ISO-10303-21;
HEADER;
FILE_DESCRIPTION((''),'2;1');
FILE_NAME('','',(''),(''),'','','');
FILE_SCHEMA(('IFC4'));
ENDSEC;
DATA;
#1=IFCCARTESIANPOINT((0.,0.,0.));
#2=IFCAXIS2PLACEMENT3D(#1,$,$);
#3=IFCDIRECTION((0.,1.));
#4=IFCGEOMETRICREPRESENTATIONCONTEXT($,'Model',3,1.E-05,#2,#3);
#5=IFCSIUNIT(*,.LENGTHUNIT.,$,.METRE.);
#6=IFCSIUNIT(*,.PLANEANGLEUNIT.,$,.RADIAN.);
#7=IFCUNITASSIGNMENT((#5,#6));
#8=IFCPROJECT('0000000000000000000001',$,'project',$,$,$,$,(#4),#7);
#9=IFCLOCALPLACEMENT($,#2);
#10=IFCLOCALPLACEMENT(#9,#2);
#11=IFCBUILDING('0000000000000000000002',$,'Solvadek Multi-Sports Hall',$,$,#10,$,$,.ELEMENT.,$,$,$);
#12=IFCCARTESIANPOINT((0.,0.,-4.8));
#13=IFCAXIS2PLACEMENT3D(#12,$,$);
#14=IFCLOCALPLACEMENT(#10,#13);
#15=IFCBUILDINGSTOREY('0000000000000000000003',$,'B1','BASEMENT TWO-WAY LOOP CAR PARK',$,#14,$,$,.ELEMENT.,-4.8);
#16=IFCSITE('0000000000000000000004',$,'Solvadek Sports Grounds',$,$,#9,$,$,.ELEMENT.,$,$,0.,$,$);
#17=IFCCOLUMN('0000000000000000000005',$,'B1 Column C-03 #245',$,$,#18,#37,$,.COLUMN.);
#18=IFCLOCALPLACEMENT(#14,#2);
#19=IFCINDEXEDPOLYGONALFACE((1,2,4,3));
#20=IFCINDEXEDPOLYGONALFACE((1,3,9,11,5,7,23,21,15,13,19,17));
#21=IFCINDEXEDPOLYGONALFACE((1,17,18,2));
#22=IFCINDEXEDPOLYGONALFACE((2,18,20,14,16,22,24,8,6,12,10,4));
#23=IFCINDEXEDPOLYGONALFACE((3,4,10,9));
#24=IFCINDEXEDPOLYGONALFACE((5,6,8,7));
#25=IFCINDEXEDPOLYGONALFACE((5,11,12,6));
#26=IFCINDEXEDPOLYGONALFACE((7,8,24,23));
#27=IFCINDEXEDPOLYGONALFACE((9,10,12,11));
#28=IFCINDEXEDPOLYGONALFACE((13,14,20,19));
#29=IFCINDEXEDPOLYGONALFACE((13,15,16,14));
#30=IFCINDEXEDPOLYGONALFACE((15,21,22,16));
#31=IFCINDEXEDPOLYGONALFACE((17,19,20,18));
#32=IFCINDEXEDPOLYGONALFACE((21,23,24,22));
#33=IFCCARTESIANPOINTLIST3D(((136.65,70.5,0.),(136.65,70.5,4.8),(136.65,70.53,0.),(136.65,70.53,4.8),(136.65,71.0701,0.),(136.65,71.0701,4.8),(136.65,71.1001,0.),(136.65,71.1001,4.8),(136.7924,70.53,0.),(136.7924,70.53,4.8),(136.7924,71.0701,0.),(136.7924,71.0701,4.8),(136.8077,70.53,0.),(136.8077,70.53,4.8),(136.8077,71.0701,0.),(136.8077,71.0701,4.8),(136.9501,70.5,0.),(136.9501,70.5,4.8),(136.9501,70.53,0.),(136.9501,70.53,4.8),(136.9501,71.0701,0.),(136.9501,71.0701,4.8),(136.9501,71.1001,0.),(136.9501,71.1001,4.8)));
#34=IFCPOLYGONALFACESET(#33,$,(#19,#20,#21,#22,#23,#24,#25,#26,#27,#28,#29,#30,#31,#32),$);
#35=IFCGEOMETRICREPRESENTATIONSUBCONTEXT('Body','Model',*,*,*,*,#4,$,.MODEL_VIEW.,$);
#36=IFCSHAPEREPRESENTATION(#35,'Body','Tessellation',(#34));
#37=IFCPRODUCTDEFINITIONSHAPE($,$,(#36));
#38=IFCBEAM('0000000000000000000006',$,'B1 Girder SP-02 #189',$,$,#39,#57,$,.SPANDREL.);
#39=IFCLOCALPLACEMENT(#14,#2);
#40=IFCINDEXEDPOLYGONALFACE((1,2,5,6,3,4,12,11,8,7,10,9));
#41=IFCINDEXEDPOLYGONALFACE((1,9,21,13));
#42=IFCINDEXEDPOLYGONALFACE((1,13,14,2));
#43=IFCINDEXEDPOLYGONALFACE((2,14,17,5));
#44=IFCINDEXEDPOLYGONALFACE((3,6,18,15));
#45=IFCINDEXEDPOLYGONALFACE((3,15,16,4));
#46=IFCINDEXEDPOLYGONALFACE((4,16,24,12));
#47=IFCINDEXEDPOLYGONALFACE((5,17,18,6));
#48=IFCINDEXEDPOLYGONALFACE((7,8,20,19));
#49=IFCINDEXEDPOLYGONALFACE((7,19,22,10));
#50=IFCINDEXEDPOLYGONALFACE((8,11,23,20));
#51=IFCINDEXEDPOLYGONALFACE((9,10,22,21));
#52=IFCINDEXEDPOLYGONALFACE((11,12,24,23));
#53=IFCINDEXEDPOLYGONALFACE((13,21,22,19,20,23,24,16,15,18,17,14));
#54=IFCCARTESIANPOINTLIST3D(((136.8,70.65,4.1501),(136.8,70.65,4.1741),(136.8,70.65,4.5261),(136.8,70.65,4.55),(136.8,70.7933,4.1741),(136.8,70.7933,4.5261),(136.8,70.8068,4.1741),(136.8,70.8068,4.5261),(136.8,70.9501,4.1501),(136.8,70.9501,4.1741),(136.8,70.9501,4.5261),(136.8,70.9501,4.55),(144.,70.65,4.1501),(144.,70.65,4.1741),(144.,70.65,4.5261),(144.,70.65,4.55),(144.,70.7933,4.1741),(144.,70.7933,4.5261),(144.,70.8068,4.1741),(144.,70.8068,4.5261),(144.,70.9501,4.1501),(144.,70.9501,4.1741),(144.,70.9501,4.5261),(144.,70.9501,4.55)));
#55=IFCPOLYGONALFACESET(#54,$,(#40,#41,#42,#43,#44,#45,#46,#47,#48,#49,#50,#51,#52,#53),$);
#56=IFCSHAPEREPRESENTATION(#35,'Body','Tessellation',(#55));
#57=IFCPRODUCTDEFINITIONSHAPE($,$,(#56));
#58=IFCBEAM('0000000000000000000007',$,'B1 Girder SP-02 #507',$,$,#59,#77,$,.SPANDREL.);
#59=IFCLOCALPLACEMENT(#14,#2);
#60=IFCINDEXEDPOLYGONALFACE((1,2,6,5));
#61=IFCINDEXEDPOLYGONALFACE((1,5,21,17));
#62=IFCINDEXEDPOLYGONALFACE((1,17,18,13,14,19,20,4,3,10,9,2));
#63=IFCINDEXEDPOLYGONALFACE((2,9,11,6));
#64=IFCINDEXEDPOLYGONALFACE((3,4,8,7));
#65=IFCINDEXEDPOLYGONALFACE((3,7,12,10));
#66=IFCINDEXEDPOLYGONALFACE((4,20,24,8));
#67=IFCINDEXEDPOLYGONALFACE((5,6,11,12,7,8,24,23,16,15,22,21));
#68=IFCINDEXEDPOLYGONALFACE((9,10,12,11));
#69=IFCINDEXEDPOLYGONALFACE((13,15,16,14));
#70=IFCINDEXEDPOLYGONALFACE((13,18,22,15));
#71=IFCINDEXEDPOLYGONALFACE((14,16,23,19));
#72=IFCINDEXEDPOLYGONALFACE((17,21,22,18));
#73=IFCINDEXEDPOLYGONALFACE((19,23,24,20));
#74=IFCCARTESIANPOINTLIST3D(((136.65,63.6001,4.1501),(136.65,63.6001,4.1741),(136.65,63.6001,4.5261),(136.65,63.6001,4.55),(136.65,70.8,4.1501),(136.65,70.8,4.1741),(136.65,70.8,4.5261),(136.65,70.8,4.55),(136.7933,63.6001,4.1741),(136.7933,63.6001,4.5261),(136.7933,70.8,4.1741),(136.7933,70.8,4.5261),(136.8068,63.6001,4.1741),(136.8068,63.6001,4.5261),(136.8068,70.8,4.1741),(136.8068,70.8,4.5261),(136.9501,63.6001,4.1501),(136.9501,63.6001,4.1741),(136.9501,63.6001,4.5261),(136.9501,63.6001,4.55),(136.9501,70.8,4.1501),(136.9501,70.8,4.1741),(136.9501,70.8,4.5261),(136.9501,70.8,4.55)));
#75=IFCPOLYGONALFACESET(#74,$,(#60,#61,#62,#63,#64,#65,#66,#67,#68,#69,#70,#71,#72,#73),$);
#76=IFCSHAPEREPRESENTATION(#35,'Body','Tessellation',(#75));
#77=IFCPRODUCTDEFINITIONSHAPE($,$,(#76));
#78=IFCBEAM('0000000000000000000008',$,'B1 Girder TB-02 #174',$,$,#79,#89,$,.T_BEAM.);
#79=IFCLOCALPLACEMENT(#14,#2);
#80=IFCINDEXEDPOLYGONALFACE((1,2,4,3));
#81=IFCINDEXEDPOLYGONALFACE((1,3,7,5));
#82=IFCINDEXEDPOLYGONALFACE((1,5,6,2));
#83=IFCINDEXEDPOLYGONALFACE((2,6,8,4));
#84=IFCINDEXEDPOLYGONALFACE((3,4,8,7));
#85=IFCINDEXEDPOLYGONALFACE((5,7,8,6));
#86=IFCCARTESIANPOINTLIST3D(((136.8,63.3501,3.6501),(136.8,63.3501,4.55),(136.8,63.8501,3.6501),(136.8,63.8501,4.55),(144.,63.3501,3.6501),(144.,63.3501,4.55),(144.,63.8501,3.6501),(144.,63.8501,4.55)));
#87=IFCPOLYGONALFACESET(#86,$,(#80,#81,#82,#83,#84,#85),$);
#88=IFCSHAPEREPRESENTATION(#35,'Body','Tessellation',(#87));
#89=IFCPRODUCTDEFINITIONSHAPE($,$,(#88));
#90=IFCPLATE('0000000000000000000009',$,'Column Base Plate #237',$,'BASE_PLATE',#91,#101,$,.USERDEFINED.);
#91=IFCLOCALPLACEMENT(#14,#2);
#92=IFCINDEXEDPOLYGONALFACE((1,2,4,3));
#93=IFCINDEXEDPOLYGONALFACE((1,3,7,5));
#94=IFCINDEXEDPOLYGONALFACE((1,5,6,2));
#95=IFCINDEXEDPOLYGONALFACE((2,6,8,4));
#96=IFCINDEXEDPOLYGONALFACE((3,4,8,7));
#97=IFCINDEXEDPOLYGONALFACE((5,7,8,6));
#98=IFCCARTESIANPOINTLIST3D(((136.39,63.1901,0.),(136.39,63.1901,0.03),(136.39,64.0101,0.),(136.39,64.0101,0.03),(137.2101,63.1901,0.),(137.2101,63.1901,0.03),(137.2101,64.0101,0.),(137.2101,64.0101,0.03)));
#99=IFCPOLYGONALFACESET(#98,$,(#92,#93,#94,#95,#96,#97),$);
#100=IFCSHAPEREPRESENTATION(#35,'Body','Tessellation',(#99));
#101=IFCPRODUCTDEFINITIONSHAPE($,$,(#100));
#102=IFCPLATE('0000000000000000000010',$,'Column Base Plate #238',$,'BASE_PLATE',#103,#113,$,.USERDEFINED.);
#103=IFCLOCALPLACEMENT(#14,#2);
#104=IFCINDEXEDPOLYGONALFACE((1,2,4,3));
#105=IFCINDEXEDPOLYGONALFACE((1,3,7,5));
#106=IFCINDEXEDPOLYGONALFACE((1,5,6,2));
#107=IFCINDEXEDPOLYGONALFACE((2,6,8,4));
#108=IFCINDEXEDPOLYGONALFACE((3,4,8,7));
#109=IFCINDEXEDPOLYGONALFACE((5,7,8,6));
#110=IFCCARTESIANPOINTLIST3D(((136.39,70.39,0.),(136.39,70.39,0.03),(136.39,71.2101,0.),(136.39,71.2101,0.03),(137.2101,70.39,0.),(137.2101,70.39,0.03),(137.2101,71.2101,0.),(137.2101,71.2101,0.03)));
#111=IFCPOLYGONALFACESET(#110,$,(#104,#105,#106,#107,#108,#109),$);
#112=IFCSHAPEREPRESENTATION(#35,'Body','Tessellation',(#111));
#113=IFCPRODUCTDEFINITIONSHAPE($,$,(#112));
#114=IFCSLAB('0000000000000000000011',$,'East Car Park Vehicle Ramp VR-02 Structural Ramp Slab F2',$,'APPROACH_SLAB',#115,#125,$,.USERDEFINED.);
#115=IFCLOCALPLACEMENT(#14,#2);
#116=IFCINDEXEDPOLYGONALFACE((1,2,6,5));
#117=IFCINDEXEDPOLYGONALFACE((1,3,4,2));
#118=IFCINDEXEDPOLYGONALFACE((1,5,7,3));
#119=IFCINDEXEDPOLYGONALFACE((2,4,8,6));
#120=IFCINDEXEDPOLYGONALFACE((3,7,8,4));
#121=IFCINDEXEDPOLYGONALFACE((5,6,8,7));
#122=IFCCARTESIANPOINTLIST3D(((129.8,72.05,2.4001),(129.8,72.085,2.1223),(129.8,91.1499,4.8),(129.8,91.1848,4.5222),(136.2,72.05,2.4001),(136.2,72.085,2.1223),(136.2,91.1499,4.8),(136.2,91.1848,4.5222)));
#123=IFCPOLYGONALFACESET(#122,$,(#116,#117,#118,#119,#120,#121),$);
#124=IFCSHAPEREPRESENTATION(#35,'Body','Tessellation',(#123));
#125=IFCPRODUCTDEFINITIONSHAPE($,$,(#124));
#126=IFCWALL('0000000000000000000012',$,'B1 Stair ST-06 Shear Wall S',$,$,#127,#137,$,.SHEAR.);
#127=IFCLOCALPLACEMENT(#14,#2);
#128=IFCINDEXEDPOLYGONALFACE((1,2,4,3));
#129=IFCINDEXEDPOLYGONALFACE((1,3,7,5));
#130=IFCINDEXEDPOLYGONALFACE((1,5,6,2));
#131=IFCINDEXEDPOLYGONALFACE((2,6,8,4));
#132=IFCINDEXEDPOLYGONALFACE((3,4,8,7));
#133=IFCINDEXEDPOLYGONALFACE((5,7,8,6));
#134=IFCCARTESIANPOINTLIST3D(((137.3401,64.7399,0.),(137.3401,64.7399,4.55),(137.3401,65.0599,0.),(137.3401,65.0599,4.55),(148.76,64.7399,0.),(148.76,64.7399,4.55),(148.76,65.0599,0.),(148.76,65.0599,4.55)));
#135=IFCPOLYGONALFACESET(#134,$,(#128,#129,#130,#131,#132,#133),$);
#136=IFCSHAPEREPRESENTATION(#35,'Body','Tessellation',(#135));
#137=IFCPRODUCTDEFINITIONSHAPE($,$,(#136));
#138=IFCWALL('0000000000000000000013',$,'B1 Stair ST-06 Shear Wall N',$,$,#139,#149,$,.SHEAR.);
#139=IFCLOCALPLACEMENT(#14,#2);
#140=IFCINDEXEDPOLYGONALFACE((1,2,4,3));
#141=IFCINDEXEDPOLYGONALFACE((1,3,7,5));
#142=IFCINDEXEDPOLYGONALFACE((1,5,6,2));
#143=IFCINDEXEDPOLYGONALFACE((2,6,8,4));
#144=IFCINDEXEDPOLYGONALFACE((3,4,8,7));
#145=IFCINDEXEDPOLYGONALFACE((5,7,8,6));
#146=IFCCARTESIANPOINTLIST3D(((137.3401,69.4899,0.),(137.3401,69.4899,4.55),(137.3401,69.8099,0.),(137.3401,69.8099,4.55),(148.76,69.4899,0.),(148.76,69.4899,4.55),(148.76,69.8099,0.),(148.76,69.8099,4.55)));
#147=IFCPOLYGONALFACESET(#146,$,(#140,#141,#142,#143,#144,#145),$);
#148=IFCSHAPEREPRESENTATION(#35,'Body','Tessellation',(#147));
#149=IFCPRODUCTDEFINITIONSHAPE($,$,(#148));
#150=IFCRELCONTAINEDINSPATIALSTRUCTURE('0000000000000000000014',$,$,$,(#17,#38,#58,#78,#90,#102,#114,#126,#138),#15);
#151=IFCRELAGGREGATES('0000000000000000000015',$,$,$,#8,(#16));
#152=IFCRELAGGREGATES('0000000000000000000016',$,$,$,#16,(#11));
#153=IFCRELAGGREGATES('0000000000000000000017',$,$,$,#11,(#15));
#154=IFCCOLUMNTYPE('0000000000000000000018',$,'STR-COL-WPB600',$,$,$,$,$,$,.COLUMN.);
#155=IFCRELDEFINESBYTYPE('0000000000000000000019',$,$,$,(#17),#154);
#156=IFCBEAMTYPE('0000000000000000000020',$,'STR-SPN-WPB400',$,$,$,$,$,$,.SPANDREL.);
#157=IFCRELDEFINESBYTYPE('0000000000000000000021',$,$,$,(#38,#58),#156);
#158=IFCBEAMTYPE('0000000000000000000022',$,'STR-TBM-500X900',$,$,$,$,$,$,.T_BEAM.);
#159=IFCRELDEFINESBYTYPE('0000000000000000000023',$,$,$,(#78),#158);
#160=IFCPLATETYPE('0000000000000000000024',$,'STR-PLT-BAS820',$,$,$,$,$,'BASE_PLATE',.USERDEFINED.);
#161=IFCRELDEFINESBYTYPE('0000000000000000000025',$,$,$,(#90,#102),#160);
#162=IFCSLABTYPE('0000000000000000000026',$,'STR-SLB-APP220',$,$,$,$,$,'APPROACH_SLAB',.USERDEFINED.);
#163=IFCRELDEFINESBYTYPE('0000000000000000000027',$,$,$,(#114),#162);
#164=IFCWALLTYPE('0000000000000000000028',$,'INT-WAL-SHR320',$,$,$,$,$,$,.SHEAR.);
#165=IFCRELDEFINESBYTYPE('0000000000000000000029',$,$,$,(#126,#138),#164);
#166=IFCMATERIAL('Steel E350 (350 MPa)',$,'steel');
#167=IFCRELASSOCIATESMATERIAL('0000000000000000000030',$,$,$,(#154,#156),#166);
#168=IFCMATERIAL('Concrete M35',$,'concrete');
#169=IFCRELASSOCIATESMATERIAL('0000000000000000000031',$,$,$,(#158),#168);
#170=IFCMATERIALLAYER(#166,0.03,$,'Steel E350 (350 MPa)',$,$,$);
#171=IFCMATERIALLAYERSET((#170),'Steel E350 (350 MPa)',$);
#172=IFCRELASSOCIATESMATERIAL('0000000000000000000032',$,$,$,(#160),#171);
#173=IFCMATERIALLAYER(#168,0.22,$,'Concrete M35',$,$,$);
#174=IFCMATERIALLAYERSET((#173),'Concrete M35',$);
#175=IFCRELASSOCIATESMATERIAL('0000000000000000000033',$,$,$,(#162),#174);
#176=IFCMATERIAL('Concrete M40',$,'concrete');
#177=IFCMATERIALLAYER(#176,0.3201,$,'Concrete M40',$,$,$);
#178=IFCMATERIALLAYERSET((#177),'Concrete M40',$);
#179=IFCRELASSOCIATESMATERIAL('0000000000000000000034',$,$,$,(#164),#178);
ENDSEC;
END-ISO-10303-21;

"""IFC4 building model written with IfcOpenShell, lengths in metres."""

from ifc_helpers import new_model, si_unit, direction, frame, frame_2d, origin, origin_2d, place, context, subcontext, project, spatial, polyline, rectangle, i_section, outline, extrude, material, layer, layer_set, material_profile, profile_set, type_object, element, save


model = new_model("IFC4")

# Units and contexts
model_context = context("Model", 3, precision=1e-05, world=origin(), true_north=direction((0.0, 1.0)))
body_context = subcontext(model_context, "Body", "Model", "MODEL_VIEW")
ifc_project = project(units=[si_unit("LENGTHUNIT", "METRE"), si_unit("PLANEANGLEUNIT", "RADIAN")], contexts=[model_context])

# Site, building, storey
site_placement = place(None, origin())
site = spatial("IfcSite", under=ifc_project, at=site_placement, Name="Solvadek Sports Grounds", CompositionType="ELEMENT", RefElevation=0.0)
building_placement = place(site_placement, origin())
building = spatial("IfcBuilding", under=site, at=building_placement, Name="Solvadek Multi-Sports Hall", CompositionType="ELEMENT")
storey_placement = place(building_placement, frame((0.0, 0.0, -4.8)))
storey = spatial("IfcBuildingStorey", under=building, at=storey_placement, Name="B1", Description="BASEMENT TWO-WAY LOOP CAR PARK", CompositionType="ELEMENT", Elevation=-4.8)

# Shared definitions
ifc_material_1 = material(Name="Concrete M40", Category="concrete")

# Shared definitions
ifc_material_2 = material(Name="Concrete M35", Category="concrete")

# Column
ifc_material_3 = material(Name="Steel E350 (350 MPa)", Category="steel")
ifc_material_profile_1 = material_profile(ifc_material_3, i_section(OverallWidth=0.3, OverallDepth=0.6001, WebThickness=0.0154, FlangeThickness=0.03, at=origin_2d()), Name="WPB 600")
ifc_profile_set_1 = profile_set([ifc_material_profile_1], Name="Steel E350 (350 MPa)")
column_type_1 = type_object("IfcColumnType", Name="STR-COL-WPB600", PredefinedType="COLUMN", material=ifc_profile_set_1)
for number, where, z_axis, x_axis, name in (
    (1, (136.8, 70.8, 0.0), (0.0, 0.0, 1.0), (1.0, 0.0, 0.0), "B1 Column C-03 #245"),
):
    element("IfcColumn", number, at=place(storey_placement, frame(where, z_axis=z_axis, x_axis=x_axis)), inside=storey, type_object=column_type_1, Name=name, PredefinedType="COLUMN", context=body_context, shape_type="SweptSolid", body=[
        extrude(i_section(OverallWidth=0.3, OverallDepth=0.6001, WebThickness=0.0154, FlangeThickness=0.03, at=origin_2d()), origin(), (0.0, 0.0, 1.0), 4.8),
    ])

# Beams
ifc_material_profile_2 = material_profile(ifc_material_3, i_section(OverallWidth=0.3, OverallDepth=0.3999, WebThickness=0.0134, FlangeThickness=0.0239, at=origin_2d()), Name="WPB 400")
ifc_profile_set_2 = profile_set([ifc_material_profile_2], Name="Steel E350 (350 MPa)")
beam_type_1 = type_object("IfcBeamType", Name="STR-SPN-WPB400", PredefinedType="SPANDREL", material=ifc_profile_set_2)
for number, where, z_axis, x_axis, name in (
    (2, (136.8, 70.8, 4.3501), (1.0, 0.0, 0.0), (0.0, 1.0, 0.0), "B1 Girder SP-02 #189"),
    (3, (136.8, 63.6001, 4.3501), (0.0, 1.0, 0.0), (-1.0, 0.0, 0.0), "B1 Girder SP-02 #507"),
):
    element("IfcBeam", number, at=place(storey_placement, frame(where, z_axis=z_axis, x_axis=x_axis)), inside=storey, type_object=beam_type_1, Name=name, PredefinedType="SPANDREL", context=body_context, shape_type="SweptSolid", body=[
        extrude(i_section(OverallWidth=0.3, OverallDepth=0.3999, WebThickness=0.0134, FlangeThickness=0.0239, at=origin_2d()), origin(), (0.0, 0.0, 1.0), 7.2),
    ])
ifc_material_profile_3 = material_profile(ifc_material_2, rectangle(XDim=0.5, YDim=0.8999, at=origin_2d()), Name="RC T-BEAM 500x900")
ifc_profile_set_3 = profile_set([ifc_material_profile_3], Name="Concrete M35")
beam_type_2 = type_object("IfcBeamType", Name="STR-TBM-500X900", PredefinedType="T_BEAM", material=ifc_profile_set_3)
beam_placement = place(storey_placement, frame((136.8, 63.6001, 4.1001), z_axis=(1.0, 0.0, 0.0), x_axis=(0.0, 1.0, 0.0)))
element("IfcBeam", 4, at=beam_placement, inside=storey, type_object=beam_type_2, Name="B1 Girder TB-02 #174", PredefinedType="T_BEAM", context=body_context, shape_type="SweptSolid", body=[
    extrude(rectangle(XDim=0.5, YDim=0.8999, at=origin_2d()), origin(), (0.0, 0.0, 1.0), 7.2),
])

# Plates
ifc_layer_1 = layer(ifc_material_3, 0.03, Name="Steel E350 (350 MPa)")
ifc_layer_set_1 = layer_set([ifc_layer_1], Name="Steel E350 (350 MPa)")
plate_type = type_object("IfcPlateType", Name="STR-PLT-BAS820", ElementType="BASE_PLATE", PredefinedType="USERDEFINED", material=ifc_layer_set_1)
for number, where, z_axis, x_axis, name in (
    (5, (136.8, 63.6001, 0.0), (0.0, 0.0, 1.0), (1.0, 0.0, 0.0), "Column Base Plate #237"),
    (6, (136.8, 70.8, 0.0), (0.0, 0.0, 1.0), (1.0, 0.0, 0.0), "Column Base Plate #238"),
):
    element("IfcPlate", number, at=place(storey_placement, frame(where, z_axis=z_axis, x_axis=x_axis)), inside=storey, type_object=plate_type, Name=name, ObjectType="BASE_PLATE", PredefinedType="USERDEFINED", context=body_context, shape_type="SweptSolid", body=[
        extrude(rectangle(XDim=0.8201, YDim=0.8201, at=origin_2d()), origin(), (0.0, 0.0, 1.0), 0.03),
    ])

# Slab
ifc_layer_2 = layer(ifc_material_2, 0.22, Name="Concrete M35")
ifc_layer_set_2 = layer_set([ifc_layer_2], Name="Concrete M35")
slab_type = type_object("IfcSlabType", Name="STR-SLB-APP220", ElementType="APPROACH_SLAB", PredefinedType="USERDEFINED", material=ifc_layer_set_2)
slab_placement = place(storey_placement, frame((129.8, 72.05, 2.4001), z_axis=(0.0, -0.12467, 0.992198), x_axis=(1.0, 0.0, 0.0)))
element("IfcSlab", 7, at=slab_placement, inside=storey, type_object=slab_type, Name="East Car Park Vehicle Ramp VR-02 Structural Ramp Slab F2", ObjectType="APPROACH_SLAB", PredefinedType="USERDEFINED", context=body_context, shape_type="SweptSolid", body=[
    extrude(outline(polyline([(0.0, 0.0), (6.3999, 0.0), (6.3999, 19.25), (0.0, 19.25), (0.0, 0.0)])), origin(), (0.0, 0.0, -1.0), 0.28),
])

# Walls
ifc_layer_3 = layer(ifc_material_1, 0.3201, Name="Concrete M40")
ifc_layer_set_3 = layer_set([ifc_layer_3], Name="Concrete M40")
wall_type = type_object("IfcWallType", Name="INT-WAL-SHR320", PredefinedType="SHEAR", material=ifc_layer_set_3)
for number, where, z_axis, x_axis, name in (
    (8, (137.3401, 64.8999, 0.0), (0.0, 0.0, 1.0), (1.0, 0.0, 0.0), "B1 Stair ST-06 Shear Wall S"),
    (9, (137.3401, 69.6499, 0.0), (0.0, 0.0, 1.0), (1.0, 0.0, 0.0), "B1 Stair ST-06 Shear Wall N"),
):
    element("IfcWall", number, at=place(storey_placement, frame(where, z_axis=z_axis, x_axis=x_axis)), inside=storey, type_object=wall_type, Name=name, PredefinedType="SHEAR", context=body_context, shape_type="SweptSolid", body=[
        extrude(rectangle(XDim=11.4199, YDim=0.3201, at=frame_2d((5.71, 0.0))), origin(), (0.0, 0.0, 1.0), 4.55),
    ])

save(model, "model.ifc")
